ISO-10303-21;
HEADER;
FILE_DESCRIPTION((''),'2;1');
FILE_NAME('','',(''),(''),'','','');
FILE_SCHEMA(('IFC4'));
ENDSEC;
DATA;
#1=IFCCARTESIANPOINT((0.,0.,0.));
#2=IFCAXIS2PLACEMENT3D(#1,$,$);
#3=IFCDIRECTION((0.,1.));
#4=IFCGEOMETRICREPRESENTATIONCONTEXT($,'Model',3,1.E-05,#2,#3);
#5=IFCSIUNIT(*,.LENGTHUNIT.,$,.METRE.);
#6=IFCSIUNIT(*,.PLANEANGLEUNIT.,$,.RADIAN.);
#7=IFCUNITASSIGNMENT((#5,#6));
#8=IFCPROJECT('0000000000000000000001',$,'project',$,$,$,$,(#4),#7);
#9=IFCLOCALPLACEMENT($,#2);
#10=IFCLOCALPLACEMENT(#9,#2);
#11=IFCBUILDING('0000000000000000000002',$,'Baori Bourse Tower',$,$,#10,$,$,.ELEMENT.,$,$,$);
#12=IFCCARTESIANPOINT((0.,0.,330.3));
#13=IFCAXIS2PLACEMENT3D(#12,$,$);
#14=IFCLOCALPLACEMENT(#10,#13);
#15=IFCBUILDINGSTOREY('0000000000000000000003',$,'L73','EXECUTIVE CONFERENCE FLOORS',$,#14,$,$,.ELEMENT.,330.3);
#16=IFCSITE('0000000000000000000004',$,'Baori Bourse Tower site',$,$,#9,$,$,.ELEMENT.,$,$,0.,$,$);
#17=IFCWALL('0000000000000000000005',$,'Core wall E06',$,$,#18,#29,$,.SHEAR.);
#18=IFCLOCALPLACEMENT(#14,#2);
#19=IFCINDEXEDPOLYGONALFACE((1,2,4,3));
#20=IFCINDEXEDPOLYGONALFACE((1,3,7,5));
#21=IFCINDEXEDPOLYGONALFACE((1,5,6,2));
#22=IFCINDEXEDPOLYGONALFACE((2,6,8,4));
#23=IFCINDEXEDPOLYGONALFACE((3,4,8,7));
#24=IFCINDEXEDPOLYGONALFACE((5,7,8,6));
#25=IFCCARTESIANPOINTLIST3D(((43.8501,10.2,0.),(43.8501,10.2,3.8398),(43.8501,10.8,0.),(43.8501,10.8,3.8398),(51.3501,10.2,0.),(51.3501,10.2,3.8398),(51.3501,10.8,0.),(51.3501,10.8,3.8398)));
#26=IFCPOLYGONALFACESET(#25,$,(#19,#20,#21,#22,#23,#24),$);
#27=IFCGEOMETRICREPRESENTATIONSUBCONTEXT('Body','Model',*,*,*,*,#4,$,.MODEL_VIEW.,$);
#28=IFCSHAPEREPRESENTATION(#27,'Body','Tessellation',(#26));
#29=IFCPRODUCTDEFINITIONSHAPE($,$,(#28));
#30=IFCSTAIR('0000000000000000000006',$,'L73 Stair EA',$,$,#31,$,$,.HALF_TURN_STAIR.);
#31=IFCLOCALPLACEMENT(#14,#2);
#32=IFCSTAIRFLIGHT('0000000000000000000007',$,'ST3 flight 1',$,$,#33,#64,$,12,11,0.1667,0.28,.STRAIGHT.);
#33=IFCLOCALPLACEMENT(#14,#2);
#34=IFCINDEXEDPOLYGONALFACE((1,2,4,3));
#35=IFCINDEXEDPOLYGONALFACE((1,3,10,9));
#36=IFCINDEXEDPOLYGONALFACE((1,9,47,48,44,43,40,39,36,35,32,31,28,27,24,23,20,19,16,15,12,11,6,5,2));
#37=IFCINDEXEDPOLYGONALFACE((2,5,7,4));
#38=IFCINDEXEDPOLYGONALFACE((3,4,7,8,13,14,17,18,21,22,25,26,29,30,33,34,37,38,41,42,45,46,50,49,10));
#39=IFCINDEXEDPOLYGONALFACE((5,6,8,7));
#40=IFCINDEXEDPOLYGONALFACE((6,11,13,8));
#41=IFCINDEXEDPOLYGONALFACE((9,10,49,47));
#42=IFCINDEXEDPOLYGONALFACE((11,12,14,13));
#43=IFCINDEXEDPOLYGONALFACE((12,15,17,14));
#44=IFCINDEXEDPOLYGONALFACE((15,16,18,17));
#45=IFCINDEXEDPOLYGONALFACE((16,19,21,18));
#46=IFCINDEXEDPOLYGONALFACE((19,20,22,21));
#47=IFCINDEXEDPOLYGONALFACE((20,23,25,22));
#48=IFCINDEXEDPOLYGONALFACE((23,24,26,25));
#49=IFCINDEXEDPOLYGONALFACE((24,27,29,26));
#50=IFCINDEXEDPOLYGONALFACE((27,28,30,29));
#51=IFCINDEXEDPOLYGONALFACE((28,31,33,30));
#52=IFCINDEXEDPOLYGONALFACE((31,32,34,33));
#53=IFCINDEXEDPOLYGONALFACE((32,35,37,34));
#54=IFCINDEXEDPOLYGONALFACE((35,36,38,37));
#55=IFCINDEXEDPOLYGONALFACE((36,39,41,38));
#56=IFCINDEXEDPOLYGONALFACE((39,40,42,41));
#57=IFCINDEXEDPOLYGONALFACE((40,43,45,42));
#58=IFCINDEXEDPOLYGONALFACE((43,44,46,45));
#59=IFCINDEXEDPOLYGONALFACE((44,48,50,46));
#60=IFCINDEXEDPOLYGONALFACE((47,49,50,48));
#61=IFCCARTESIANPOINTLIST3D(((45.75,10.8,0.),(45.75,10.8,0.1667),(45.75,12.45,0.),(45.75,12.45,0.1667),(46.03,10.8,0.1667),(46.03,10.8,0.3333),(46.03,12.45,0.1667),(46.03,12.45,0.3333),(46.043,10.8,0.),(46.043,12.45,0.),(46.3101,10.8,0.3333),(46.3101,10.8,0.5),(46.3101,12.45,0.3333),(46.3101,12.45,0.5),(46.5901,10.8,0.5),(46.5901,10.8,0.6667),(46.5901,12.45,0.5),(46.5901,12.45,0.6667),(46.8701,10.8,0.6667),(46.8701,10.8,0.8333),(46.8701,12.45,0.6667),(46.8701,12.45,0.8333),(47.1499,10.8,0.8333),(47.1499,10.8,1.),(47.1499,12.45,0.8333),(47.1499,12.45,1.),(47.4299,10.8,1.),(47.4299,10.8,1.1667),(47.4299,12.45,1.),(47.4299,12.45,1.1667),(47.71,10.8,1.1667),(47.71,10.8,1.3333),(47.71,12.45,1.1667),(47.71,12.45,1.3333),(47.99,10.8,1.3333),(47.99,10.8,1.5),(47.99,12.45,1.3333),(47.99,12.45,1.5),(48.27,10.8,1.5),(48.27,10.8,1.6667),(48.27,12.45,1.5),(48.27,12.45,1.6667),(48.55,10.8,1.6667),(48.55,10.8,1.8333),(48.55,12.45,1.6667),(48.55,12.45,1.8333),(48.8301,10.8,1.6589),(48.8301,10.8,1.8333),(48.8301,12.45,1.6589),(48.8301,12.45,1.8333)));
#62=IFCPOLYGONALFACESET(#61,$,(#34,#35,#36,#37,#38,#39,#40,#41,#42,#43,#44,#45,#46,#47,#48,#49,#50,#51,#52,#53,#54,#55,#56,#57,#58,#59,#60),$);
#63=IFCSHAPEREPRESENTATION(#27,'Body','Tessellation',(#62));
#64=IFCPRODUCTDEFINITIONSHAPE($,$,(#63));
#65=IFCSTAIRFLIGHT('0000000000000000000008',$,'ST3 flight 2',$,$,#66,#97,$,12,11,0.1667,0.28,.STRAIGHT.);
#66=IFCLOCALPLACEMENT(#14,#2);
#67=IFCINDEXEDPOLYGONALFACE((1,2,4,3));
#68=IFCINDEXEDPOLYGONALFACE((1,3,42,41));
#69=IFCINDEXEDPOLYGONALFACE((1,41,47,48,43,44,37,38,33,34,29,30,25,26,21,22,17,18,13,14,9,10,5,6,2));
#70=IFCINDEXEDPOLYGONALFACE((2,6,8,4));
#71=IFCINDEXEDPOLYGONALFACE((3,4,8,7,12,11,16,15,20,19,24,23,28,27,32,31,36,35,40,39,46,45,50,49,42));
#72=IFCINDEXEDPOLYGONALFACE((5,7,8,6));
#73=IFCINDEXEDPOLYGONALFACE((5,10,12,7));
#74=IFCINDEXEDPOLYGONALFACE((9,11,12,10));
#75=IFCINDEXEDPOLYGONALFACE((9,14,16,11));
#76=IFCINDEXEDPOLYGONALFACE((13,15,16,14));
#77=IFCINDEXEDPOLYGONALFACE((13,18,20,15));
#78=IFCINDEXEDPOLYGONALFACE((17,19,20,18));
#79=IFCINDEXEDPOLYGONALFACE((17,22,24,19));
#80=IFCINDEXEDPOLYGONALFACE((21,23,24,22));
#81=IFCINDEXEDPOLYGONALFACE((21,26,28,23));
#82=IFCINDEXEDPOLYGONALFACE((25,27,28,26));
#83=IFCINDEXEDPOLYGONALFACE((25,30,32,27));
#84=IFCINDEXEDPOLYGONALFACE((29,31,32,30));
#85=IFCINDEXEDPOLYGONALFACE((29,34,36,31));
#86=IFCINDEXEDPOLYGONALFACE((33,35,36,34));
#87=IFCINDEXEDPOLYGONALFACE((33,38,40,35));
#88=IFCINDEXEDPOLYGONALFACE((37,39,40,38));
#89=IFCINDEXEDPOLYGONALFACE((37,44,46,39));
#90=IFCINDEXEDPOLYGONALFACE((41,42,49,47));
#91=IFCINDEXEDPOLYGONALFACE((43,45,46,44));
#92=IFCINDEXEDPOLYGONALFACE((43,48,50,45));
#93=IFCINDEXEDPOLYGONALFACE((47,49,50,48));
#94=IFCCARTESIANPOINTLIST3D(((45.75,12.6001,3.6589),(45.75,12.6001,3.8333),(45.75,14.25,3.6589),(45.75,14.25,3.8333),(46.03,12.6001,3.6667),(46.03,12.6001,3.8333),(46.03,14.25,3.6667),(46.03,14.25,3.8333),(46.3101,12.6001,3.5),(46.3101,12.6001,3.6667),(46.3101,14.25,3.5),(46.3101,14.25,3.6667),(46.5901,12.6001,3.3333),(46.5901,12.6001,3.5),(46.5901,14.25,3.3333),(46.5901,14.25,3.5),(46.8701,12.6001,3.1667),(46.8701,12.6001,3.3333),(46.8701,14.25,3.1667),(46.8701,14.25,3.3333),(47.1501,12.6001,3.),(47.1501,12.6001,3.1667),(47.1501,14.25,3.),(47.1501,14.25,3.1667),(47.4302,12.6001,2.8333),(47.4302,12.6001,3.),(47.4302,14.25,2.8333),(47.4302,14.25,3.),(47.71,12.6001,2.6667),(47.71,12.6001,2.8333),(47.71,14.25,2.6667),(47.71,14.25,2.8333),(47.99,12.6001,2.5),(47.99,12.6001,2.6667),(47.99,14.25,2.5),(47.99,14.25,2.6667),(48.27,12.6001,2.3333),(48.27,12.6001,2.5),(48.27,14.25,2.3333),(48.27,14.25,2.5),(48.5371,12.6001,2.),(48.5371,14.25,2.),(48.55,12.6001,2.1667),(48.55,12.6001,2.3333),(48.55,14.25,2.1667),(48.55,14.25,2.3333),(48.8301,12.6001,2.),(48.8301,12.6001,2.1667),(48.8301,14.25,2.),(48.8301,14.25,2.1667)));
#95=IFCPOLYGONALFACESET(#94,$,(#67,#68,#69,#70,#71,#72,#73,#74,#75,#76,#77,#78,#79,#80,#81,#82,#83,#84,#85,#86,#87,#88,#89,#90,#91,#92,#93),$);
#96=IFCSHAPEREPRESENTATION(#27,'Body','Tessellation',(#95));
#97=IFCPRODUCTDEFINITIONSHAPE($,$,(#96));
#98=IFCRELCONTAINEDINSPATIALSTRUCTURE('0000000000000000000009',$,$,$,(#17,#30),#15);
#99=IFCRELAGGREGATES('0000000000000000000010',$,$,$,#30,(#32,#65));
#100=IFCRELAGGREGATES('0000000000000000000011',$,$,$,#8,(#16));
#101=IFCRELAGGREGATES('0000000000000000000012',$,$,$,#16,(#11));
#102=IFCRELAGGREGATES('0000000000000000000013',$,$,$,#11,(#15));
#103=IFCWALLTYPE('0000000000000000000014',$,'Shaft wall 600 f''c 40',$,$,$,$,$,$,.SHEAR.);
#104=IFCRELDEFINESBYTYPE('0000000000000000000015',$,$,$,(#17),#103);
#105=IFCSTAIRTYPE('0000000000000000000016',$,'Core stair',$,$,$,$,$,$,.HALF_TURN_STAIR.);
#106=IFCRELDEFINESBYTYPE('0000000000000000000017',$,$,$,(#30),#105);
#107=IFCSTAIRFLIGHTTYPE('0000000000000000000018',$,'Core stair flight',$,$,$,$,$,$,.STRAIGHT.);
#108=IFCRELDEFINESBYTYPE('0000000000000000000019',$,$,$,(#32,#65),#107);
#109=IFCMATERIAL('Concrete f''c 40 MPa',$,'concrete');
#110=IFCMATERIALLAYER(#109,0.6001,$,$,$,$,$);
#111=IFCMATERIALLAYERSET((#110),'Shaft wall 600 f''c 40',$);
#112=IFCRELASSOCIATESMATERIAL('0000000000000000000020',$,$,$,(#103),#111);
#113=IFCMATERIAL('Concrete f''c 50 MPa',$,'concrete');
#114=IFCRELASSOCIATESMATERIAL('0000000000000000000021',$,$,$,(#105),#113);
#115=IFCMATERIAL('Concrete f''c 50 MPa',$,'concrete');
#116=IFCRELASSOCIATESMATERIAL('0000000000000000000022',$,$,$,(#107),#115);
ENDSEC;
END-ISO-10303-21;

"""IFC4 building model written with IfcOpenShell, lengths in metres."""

from ifc_helpers import new_model, si_unit, direction, frame, frame_2d, origin, place, context, subcontext, project, spatial, polyline, rectangle, outline, extrude, material, layer, layer_set, type_object, element, aggregate, save


model = new_model("IFC4")

# Units and contexts
model_context = context("Model", 3, precision=1e-05, world=origin(), true_north=direction((0.0, 1.0)))
body_context = subcontext(model_context, "Body", "Model", "MODEL_VIEW")
ifc_project = project(units=[si_unit("LENGTHUNIT", "METRE"), si_unit("PLANEANGLEUNIT", "RADIAN")], contexts=[model_context])

# Site, building, storey
site_placement = place(None, origin())
site = spatial("IfcSite", under=ifc_project, at=site_placement, Name="Baori Bourse Tower site", CompositionType="ELEMENT", RefElevation=0.0)
building_placement = place(site_placement, origin())
building = spatial("IfcBuilding", under=site, at=building_placement, Name="Baori Bourse Tower", CompositionType="ELEMENT")
storey_placement = place(building_placement, frame((0.0, 0.0, 330.3)))
storey = spatial("IfcBuildingStorey", under=building, at=storey_placement, Name="L73", Description="EXECUTIVE CONFERENCE FLOORS", CompositionType="ELEMENT", Elevation=330.3)

# Wall
ifc_material_1 = material(Name="Concrete f'c 40 MPa", Category="concrete")
ifc_layer_1 = layer(ifc_material_1, 0.6001)
ifc_layer_set_1 = layer_set([ifc_layer_1], Name="Shaft wall 600 f'c 40")
wall_type_1 = type_object("IfcWallType", Name="Shaft wall 600 f'c 40", PredefinedType="SHEAR", material=ifc_layer_set_1)
wall_1_placement = place(storey_placement, frame((43.8501, 10.5, 0.0), z_axis=(0.0, 0.0, 1.0), x_axis=(1.0, 0.0, 0.0)))
element("IfcWall", 1, at=wall_1_placement, inside=storey, type_object=wall_type_1, Name="Core wall E06", PredefinedType="SHEAR", context=body_context, shape_type="SweptSolid", body=[
    extrude(rectangle(XDim=7.5, YDim=0.6001, at=frame_2d((3.75, 0.0))), origin(), (0.0, 0.0, 1.0), 3.8398),
])

# Stair, stair flights
ifc_material_2 = material(Name="Concrete f'c 50 MPa", Category="concrete")
stair_type = type_object("IfcStairType", Name="Core stair", PredefinedType="HALF_TURN_STAIR", material=ifc_material_2)
stair_placement = place(storey_placement, origin())
stair = element("IfcStair", 2, at=stair_placement, inside=storey, type_object=stair_type, Name="L73 Stair EA", PredefinedType="HALF_TURN_STAIR")
ifc_material_3 = material(Name="Concrete f'c 50 MPa", Category="concrete")
stair_flight_type = type_object("IfcStairFlightType", Name="Core stair flight", PredefinedType="STRAIGHT", material=ifc_material_3)
stair_flight_1_placement = place(storey_placement, frame((45.75, 11.625, 0.0), z_axis=(0.0, 0.0, 1.0), x_axis=(1.0, 0.0, 0.0)))
stair_flight_1 = element("IfcStairFlight", 3, at=stair_flight_1_placement, type_object=stair_flight_type, Name="ST3 flight 1", NumberOfRisers=12, NumberOfTreads=11, PredefinedType="STRAIGHT", RiserHeight=0.1667, TreadLength=0.28, context=body_context, shape_type="SweptSolid", body=[
    extrude(outline(polyline([(0.0, 0.0), (0.0, 0.1667), (0.28, 0.1667), (0.28, 0.3333), (0.5601, 0.3333), (0.5601, 0.5), (0.8401, 0.5), (0.8401, 0.6667), (1.1201, 0.6667), (1.1201, 0.8333), (1.3999, 0.8333), (1.3999, 1.0), (1.6799, 1.0), (1.6799, 1.1667), (1.96, 1.1667), (1.96, 1.3333), (2.24, 1.3333), (2.24, 1.5), (2.52, 1.5), (2.52, 1.6667), (2.8, 1.6667), (2.8, 1.8333), (3.0801, 1.8333), (3.0801, 2.0), (3.0801, 1.6589), (0.293, 0.0), (0.0, 0.0)])), frame((0.0, 0.825, 0.0), z_axis=(0.0, -1.0, 0.0), x_axis=(1.0, 0.0, 0.0)), (0.0, 0.0, 1.0), 1.6499),
])
stair_flight_2_placement = place(storey_placement, frame((48.8301, 13.425, 2.0), z_axis=(0.0, 0.0, 1.0), x_axis=(-1.0, 0.0, 0.0)))
stair_flight_2 = element("IfcStairFlight", 4, at=stair_flight_2_placement, type_object=stair_flight_type, Name="ST3 flight 2", NumberOfRisers=12, NumberOfTreads=11, PredefinedType="STRAIGHT", RiserHeight=0.1667, TreadLength=0.28, context=body_context, shape_type="SweptSolid", body=[
    extrude(outline(polyline([(0.0, 0.0), (0.0, 0.1667), (0.28, 0.1667), (0.28, 0.3333), (0.5601, 0.3333), (0.5601, 0.5), (0.8401, 0.5), (0.8401, 0.6667), (1.1201, 0.6667), (1.1201, 0.8333), (1.3999, 0.8333), (1.3999, 1.0), (1.6799, 1.0), (1.6799, 1.1667), (1.96, 1.1667), (1.96, 1.3333), (2.24, 1.3333), (2.24, 1.5), (2.52, 1.5), (2.52, 1.6667), (2.8, 1.6667), (2.8, 1.8333), (3.0801, 1.8333), (3.0801, 2.0), (3.0801, 1.6589), (0.293, 0.0), (0.0, 0.0)])), frame((0.0, 0.825, 0.0), z_axis=(0.0, -1.0, 0.0), x_axis=(1.0, 0.0, 0.0)), (0.0, 0.0, 1.0), 1.6499),
])
aggregate(stair, [stair_flight_1, stair_flight_2])

save(model, "model.ifc")
